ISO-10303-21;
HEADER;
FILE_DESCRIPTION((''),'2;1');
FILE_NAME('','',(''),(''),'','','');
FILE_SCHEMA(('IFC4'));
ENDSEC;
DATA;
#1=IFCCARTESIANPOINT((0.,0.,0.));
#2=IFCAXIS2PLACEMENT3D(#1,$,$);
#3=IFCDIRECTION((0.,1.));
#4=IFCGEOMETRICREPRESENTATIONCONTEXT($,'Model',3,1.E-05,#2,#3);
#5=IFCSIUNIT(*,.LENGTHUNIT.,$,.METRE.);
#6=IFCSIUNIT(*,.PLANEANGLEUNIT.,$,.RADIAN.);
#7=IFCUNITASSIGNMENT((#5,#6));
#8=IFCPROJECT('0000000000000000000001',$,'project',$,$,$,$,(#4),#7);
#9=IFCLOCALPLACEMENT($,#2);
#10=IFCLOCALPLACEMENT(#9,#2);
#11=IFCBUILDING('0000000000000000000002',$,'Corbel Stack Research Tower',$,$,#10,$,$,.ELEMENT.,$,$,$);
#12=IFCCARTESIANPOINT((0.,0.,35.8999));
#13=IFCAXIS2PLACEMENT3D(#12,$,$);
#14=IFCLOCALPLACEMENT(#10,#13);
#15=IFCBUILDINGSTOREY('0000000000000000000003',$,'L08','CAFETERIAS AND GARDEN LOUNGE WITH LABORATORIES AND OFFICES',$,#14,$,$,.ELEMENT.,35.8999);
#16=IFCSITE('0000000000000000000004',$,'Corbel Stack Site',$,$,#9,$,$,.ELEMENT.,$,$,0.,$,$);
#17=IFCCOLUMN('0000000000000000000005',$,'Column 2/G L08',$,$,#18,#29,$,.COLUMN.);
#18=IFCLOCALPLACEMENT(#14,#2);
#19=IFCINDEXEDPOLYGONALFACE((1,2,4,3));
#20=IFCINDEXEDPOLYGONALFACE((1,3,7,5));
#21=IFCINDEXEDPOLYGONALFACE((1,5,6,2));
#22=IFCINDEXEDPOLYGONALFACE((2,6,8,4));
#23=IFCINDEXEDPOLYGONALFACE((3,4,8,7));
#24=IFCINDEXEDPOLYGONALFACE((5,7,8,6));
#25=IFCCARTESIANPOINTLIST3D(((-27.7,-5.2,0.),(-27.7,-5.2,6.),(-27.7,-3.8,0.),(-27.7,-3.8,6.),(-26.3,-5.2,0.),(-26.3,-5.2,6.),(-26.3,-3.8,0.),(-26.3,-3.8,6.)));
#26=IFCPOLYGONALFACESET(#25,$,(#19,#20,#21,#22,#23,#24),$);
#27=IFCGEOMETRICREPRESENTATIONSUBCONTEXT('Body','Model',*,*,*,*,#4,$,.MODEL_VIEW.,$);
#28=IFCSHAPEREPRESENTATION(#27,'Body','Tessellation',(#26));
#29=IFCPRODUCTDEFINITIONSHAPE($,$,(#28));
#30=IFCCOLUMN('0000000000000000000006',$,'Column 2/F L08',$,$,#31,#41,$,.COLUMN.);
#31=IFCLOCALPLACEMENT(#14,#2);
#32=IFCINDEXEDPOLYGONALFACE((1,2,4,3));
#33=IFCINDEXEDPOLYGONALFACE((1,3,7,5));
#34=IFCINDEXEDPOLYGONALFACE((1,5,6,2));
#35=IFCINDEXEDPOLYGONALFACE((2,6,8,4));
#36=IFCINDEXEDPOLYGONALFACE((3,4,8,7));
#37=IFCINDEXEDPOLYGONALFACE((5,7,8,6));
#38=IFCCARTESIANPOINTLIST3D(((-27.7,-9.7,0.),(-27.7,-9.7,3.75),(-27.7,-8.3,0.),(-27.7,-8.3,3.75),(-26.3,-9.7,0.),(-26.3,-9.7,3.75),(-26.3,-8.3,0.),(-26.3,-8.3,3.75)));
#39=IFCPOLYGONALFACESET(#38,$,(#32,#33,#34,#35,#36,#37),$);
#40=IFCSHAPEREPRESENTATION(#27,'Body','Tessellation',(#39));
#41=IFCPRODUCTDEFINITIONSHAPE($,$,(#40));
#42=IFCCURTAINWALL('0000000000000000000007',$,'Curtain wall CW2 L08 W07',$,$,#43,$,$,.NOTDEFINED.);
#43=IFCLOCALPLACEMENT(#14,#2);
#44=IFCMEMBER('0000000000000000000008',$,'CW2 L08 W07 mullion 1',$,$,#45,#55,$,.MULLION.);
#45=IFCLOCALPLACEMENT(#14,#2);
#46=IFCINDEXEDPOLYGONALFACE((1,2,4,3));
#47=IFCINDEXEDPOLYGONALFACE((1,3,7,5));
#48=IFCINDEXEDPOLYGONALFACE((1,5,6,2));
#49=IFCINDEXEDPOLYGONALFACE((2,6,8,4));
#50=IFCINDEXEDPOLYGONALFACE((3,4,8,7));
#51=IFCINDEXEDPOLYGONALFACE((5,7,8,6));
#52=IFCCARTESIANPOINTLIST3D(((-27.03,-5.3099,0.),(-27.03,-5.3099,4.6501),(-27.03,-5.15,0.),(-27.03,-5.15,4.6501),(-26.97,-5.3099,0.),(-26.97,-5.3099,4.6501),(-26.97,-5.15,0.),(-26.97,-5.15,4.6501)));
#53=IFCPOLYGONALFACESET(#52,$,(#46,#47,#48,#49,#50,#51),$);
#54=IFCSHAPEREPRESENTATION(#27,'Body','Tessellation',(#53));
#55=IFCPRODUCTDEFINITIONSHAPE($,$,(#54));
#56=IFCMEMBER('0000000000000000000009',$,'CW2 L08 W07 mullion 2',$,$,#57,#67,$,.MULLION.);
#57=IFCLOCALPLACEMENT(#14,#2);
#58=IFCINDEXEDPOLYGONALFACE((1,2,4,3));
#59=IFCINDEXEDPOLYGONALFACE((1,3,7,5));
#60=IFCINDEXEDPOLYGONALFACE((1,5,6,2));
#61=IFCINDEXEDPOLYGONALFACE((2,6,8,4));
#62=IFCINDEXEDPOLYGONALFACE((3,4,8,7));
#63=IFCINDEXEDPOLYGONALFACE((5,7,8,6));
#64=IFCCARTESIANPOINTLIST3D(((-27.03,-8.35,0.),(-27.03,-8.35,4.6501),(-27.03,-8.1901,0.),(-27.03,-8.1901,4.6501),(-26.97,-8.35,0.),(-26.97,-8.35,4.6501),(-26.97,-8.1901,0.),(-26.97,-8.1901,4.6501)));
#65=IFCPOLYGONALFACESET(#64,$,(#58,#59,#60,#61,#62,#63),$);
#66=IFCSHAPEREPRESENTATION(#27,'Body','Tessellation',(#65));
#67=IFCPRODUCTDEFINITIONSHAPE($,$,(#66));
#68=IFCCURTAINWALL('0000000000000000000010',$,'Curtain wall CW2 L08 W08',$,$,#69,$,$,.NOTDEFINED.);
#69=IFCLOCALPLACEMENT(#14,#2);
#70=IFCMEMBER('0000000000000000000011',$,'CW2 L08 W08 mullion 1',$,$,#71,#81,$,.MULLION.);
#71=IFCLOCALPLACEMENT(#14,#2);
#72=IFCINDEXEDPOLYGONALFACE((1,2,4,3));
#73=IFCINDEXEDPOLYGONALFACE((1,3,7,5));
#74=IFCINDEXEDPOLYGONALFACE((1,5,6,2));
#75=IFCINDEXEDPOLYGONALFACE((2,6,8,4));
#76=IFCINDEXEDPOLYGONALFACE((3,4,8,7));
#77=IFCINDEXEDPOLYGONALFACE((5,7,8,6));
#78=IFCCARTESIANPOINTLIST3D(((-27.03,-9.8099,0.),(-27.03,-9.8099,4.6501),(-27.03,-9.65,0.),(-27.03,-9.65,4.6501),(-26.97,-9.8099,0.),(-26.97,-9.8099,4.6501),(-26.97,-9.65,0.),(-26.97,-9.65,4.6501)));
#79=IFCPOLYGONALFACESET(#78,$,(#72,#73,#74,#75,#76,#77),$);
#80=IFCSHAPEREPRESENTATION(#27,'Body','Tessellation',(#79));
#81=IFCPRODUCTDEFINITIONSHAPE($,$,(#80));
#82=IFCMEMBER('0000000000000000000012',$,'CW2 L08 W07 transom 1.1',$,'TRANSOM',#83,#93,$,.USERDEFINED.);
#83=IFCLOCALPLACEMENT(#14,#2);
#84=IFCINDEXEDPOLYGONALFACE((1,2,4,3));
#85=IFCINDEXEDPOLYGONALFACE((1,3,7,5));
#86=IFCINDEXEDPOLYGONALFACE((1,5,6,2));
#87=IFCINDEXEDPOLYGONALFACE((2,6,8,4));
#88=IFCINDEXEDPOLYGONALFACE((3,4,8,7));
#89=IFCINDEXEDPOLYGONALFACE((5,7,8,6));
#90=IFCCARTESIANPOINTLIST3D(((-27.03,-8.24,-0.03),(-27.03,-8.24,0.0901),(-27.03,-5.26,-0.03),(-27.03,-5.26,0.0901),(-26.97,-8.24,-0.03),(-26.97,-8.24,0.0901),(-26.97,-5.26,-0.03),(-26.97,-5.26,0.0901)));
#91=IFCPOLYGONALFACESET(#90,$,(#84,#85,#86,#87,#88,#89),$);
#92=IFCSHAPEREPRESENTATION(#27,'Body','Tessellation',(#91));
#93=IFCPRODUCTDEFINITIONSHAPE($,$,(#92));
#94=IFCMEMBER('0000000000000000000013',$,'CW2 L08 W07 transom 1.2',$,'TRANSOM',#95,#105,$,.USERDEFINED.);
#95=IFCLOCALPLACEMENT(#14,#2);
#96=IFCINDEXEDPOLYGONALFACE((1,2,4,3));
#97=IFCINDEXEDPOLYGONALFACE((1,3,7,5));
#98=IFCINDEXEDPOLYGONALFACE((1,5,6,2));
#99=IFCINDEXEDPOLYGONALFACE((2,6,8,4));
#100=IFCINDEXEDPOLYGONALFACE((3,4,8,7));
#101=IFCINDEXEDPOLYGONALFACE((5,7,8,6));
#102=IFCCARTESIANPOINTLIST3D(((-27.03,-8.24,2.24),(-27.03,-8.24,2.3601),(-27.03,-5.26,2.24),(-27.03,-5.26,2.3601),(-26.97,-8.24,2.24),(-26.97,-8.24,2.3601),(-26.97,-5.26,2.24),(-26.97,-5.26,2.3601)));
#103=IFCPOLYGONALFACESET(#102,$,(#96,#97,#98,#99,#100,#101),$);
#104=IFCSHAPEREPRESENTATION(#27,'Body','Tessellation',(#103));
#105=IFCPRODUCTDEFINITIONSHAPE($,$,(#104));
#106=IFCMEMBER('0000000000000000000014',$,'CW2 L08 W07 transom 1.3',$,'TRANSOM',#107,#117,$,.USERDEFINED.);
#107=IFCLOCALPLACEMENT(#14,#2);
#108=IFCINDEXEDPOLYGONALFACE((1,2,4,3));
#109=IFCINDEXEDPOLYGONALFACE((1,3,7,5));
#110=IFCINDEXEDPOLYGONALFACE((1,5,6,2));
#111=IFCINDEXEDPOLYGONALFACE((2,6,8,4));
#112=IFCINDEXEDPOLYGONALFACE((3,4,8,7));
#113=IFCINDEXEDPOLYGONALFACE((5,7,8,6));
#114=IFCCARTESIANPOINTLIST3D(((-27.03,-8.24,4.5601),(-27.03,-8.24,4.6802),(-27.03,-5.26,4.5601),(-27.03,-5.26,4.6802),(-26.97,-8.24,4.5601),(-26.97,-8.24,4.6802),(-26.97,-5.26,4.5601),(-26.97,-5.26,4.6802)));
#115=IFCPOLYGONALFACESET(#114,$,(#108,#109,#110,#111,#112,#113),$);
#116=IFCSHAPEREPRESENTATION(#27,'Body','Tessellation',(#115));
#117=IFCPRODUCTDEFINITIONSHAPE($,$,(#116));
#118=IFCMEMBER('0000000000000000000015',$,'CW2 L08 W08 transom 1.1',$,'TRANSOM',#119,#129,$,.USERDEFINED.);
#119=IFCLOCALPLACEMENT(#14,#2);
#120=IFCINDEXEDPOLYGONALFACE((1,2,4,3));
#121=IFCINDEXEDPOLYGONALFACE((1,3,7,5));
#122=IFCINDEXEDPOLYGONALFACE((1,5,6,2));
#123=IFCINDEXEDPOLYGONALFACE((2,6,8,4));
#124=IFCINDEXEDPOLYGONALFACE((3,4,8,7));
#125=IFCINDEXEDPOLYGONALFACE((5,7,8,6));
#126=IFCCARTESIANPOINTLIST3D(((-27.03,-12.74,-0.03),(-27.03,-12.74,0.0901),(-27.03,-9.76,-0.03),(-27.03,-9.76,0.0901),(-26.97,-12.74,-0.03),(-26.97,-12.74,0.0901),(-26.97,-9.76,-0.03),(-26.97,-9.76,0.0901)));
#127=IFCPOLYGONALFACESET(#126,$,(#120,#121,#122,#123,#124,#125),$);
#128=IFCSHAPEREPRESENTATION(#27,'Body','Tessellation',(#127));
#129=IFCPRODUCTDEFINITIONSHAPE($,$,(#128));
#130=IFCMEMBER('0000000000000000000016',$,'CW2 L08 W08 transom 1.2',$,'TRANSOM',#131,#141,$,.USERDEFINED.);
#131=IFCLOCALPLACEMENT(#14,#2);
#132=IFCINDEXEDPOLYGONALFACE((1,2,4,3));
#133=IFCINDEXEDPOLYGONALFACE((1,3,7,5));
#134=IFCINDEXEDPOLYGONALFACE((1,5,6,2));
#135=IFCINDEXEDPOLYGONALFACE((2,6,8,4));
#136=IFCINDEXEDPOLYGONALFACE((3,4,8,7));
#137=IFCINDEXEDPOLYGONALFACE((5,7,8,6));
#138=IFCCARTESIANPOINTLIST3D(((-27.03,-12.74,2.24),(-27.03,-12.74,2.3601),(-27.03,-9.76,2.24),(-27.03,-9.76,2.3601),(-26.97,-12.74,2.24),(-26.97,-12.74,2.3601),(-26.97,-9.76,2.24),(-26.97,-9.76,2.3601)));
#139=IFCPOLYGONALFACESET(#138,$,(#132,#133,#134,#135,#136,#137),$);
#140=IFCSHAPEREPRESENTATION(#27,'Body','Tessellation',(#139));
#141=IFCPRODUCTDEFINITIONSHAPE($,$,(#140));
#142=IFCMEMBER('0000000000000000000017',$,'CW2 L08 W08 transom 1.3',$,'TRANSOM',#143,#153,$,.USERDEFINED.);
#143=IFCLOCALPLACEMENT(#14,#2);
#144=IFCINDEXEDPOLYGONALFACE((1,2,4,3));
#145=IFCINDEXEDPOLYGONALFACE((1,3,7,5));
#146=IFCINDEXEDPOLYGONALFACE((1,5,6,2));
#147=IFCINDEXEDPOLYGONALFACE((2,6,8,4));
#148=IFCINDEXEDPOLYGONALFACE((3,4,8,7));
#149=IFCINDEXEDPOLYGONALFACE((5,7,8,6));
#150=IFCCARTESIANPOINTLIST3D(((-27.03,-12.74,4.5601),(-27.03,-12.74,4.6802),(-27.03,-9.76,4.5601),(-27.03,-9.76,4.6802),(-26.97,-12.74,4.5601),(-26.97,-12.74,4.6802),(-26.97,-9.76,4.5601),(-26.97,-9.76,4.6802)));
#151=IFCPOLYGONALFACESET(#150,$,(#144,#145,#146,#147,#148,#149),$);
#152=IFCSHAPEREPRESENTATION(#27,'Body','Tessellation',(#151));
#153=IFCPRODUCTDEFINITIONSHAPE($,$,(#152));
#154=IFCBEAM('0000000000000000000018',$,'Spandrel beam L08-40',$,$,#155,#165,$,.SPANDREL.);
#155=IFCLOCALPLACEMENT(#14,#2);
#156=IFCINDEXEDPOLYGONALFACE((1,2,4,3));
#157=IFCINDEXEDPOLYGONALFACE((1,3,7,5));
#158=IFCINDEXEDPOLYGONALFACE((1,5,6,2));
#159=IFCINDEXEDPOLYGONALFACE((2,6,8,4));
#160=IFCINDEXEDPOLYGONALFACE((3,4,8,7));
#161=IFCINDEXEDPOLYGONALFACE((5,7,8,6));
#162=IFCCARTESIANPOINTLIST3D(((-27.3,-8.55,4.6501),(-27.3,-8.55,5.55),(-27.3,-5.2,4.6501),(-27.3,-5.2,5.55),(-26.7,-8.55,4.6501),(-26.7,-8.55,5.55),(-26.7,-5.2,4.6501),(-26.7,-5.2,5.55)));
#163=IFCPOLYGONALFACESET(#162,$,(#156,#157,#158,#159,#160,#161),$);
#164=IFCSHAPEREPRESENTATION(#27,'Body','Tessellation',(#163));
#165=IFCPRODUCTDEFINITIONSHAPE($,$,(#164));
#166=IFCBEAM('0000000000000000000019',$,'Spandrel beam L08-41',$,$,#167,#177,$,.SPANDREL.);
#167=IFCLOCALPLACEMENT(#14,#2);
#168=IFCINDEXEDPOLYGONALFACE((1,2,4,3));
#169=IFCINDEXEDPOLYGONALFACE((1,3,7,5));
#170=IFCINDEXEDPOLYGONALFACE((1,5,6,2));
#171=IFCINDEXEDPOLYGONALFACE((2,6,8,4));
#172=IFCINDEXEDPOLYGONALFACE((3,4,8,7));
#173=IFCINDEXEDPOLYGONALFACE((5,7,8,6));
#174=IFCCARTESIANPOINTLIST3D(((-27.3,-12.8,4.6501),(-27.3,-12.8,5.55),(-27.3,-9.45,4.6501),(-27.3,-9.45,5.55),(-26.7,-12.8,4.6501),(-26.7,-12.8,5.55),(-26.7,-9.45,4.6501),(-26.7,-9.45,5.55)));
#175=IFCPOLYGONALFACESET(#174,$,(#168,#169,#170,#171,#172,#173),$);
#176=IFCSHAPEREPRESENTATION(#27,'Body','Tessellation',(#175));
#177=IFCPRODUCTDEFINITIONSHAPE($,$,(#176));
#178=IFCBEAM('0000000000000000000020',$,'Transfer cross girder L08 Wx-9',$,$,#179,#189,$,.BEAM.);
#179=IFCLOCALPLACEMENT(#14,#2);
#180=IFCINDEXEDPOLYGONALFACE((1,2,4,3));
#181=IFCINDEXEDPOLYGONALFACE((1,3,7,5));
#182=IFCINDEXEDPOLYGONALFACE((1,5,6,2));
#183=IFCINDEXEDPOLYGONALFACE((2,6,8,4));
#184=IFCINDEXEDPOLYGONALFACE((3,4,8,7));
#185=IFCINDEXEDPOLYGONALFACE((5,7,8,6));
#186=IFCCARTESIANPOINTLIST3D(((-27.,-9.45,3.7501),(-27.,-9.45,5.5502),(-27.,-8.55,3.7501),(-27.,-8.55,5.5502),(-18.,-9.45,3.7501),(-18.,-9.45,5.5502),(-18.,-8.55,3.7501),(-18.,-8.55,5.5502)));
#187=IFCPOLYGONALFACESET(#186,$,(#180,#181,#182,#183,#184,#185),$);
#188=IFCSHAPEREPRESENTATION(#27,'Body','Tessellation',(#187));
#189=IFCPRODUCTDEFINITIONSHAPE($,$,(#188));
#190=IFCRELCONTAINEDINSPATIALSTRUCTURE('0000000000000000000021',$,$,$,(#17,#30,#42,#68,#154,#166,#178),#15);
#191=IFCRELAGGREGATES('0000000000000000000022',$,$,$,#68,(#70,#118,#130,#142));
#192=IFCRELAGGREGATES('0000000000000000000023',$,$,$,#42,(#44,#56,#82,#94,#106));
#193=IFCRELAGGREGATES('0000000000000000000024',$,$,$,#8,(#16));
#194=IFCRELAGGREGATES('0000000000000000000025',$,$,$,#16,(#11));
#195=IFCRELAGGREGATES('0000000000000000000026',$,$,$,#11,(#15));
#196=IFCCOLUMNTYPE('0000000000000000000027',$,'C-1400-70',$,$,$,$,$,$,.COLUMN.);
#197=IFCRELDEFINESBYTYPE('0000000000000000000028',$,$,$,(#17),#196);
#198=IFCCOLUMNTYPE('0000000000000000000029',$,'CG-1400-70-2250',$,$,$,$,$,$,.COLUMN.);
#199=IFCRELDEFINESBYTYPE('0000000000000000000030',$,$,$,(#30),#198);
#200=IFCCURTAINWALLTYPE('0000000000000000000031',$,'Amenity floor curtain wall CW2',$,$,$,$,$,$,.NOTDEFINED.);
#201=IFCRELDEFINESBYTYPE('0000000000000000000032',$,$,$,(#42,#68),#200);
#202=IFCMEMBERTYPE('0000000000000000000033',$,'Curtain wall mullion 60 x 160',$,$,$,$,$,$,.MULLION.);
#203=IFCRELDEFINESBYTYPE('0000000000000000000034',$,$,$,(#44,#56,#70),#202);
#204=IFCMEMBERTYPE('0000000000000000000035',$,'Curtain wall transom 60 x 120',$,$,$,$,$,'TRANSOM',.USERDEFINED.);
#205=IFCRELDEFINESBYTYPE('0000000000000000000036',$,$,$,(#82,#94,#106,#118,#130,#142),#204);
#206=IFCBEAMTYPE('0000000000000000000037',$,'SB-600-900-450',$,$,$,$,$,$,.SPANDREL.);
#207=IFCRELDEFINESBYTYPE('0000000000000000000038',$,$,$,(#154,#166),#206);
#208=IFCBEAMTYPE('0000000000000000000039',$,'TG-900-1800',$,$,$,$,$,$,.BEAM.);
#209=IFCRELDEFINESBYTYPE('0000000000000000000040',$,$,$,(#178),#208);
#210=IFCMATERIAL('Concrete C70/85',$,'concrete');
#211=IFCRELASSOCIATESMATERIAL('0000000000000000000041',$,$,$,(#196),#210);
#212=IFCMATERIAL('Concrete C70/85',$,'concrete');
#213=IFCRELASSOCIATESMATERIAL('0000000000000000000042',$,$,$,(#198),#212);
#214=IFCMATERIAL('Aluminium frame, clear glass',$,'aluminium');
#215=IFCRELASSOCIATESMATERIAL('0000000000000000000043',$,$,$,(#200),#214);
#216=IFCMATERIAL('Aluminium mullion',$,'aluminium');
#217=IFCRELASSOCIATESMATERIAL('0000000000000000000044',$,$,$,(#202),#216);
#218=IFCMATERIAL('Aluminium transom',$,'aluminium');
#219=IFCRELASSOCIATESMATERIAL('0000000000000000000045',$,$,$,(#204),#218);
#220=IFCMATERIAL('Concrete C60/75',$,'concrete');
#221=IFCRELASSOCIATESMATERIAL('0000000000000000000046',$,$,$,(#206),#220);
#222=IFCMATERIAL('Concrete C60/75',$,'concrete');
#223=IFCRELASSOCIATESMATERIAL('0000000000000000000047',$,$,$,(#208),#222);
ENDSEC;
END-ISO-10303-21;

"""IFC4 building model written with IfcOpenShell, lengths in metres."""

from ifc_helpers import new_model, si_unit, direction, frame, origin, origin_2d, place, context, subcontext, project, spatial, rectangle, extrude, material, material_profile, profile_set, type_object, element, aggregate, save


model = new_model("IFC4")

# Units and contexts
model_context = context("Model", 3, precision=1e-05, world=origin(), true_north=direction((0.0, 1.0)))
body_context = subcontext(model_context, "Body", "Model", "MODEL_VIEW")
ifc_project = project(units=[si_unit("LENGTHUNIT", "METRE"), si_unit("PLANEANGLEUNIT", "RADIAN")], contexts=[model_context])

# Site, building, storey
site_placement = place(None, origin())
site = spatial("IfcSite", under=ifc_project, at=site_placement, Name="Corbel Stack Site", CompositionType="ELEMENT", RefElevation=0.0)
building_placement = place(site_placement, origin())
building = spatial("IfcBuilding", under=site, at=building_placement, Name="Corbel Stack Research Tower", CompositionType="ELEMENT")
storey_placement = place(building_placement, frame((0.0, 0.0, 35.8999)))
storey = spatial("IfcBuildingStorey", under=building, at=storey_placement, Name="L08", Description="CAFETERIAS AND GARDEN LOUNGE WITH LABORATORIES AND OFFICES", CompositionType="ELEMENT", Elevation=35.8999)

# Columns
ifc_material_1 = material(Name="Concrete C70/85", Category="concrete")
ifc_material_profile_1 = material_profile(ifc_material_1, rectangle(XDim=1.3999, YDim=1.3999, at=origin_2d()), Name="RC 1400 x 1400")
ifc_profile_set_1 = profile_set([ifc_material_profile_1], Name="Concrete C70/85")
column_type_1 = type_object("IfcColumnType", Name="C-1400-70", PredefinedType="COLUMN", material=ifc_profile_set_1)
column_1_placement = place(storey_placement, frame((-27.0, -4.5, 0.0), z_axis=(0.0, 0.0, 1.0), x_axis=(1.0, 0.0, 0.0)))
element("IfcColumn", 1, at=column_1_placement, inside=storey, type_object=column_type_1, Name="Column 2/G L08", PredefinedType="COLUMN", context=body_context, shape_type="SweptSolid", body=[
    extrude(rectangle(XDim=1.3999, YDim=1.3999, at=origin_2d()), origin(), (0.0, 0.0, 1.0), 6.0),
])
ifc_material_2 = material(Name="Concrete C70/85", Category="concrete")
ifc_material_profile_2 = material_profile(ifc_material_2, rectangle(XDim=1.3999, YDim=1.3999, at=origin_2d()), Name="RC 1400 x 1400")
ifc_profile_set_2 = profile_set([ifc_material_profile_2], Name="Concrete C70/85")
column_type_2 = type_object("IfcColumnType", Name="CG-1400-70-2250", PredefinedType="COLUMN", material=ifc_profile_set_2)
column_2_placement = place(storey_placement, frame((-27.0, -9.0, 0.0), z_axis=(0.0, 0.0, 1.0), x_axis=(1.0, 0.0, 0.0)))
element("IfcColumn", 2, at=column_2_placement, inside=storey, type_object=column_type_2, Name="Column 2/F L08", PredefinedType="COLUMN", context=body_context, shape_type="SweptSolid", body=[
    extrude(rectangle(XDim=1.3999, YDim=1.3999, at=origin_2d()), origin(), (0.0, 0.0, 1.0), 3.75),
])

# Curtain wall, members
ifc_material_3 = material(Name="Aluminium frame, clear glass", Category="aluminium")
curtain_wall_type = type_object("IfcCurtainWallType", Name="Amenity floor curtain wall CW2", PredefinedType="NOTDEFINED", material=ifc_material_3)
curtain_wall_1_placement = place(storey_placement, origin())
curtain_wall_1 = element("IfcCurtainWall", 3, at=curtain_wall_1_placement, inside=storey, type_object=curtain_wall_type, Name="Curtain wall CW2 L08 W07", PredefinedType="NOTDEFINED")
ifc_material_4 = material(Name="Aluminium mullion", Category="aluminium")
ifc_material_profile_3 = material_profile(ifc_material_4, rectangle(XDim=0.0601, YDim=0.1599, at=origin_2d()), Name="Mullion 60 x 160")
ifc_profile_set_3 = profile_set([ifc_material_profile_3], Name="Aluminium mullion")
member_type_1 = type_object("IfcMemberType", Name="Curtain wall mullion 60 x 160", PredefinedType="MULLION", material=ifc_profile_set_3)
member_1_placement = place(storey_placement, frame((-27.0, -5.23, 0.0), z_axis=(0.0, 0.0, 1.0), x_axis=(1.0, 0.0, 0.0)))
member_1 = element("IfcMember", 4, at=member_1_placement, type_object=member_type_1, Name="CW2 L08 W07 mullion 1", PredefinedType="MULLION", context=body_context, shape_type="SweptSolid", body=[
    extrude(rectangle(XDim=0.0601, YDim=0.1599, at=origin_2d()), origin(), (0.0, 0.0, 1.0), 4.6501),
])
member_2_placement = place(storey_placement, frame((-27.0, -8.27, 0.0), z_axis=(0.0, 0.0, 1.0), x_axis=(1.0, 0.0, 0.0)))
member_2 = element("IfcMember", 5, at=member_2_placement, type_object=member_type_1, Name="CW2 L08 W07 mullion 2", PredefinedType="MULLION", context=body_context, shape_type="SweptSolid", body=[
    extrude(rectangle(XDim=0.0601, YDim=0.1599, at=origin_2d()), origin(), (0.0, 0.0, 1.0), 4.6501),
])

# Curtain wall, member
curtain_wall_2_placement = place(storey_placement, origin())
curtain_wall_2 = element("IfcCurtainWall", 6, at=curtain_wall_2_placement, inside=storey, type_object=curtain_wall_type, Name="Curtain wall CW2 L08 W08", PredefinedType="NOTDEFINED")
member_3_placement = place(storey_placement, frame((-27.0, -9.73, 0.0), z_axis=(0.0, 0.0, 1.0), x_axis=(1.0, 0.0, 0.0)))
member_3 = element("IfcMember", 7, at=member_3_placement, type_object=member_type_1, Name="CW2 L08 W08 mullion 1", PredefinedType="MULLION", context=body_context, shape_type="SweptSolid", body=[
    extrude(rectangle(XDim=0.0601, YDim=0.1599, at=origin_2d()), origin(), (0.0, 0.0, 1.0), 4.6501),
])

# Members
ifc_material_5 = material(Name="Aluminium transom", Category="aluminium")
ifc_material_profile_4 = material_profile(ifc_material_5, rectangle(XDim=0.0601, YDim=0.1201, at=origin_2d()), Name="Transom 60 x 120")
ifc_profile_set_4 = profile_set([ifc_material_profile_4], Name="Aluminium transom")
member_type_2 = type_object("IfcMemberType", Name="Curtain wall transom 60 x 120", ElementType="TRANSOM", PredefinedType="USERDEFINED", material=ifc_profile_set_4)
member_4_placement = place(storey_placement, frame((-27.0, -5.26, 0.03), z_axis=(0.0, -1.0, 0.0), x_axis=(1.0, 0.0, 0.0)))
member_4 = element("IfcMember", 8, at=member_4_placement, type_object=member_type_2, Name="CW2 L08 W07 transom 1.1", ObjectType="TRANSOM", PredefinedType="USERDEFINED", context=body_context, shape_type="SweptSolid", body=[
    extrude(rectangle(XDim=0.0601, YDim=0.1201, at=origin_2d()), origin(), (0.0, 0.0, 1.0), 2.98),
])
member_5_placement = place(storey_placement, frame((-27.0, -5.26, 2.3), z_axis=(0.0, -1.0, 0.0), x_axis=(1.0, 0.0, 0.0)))
member_5 = element("IfcMember", 9, at=member_5_placement, type_object=member_type_2, Name="CW2 L08 W07 transom 1.2", ObjectType="TRANSOM", PredefinedType="USERDEFINED", context=body_context, shape_type="SweptSolid", body=[
    extrude(rectangle(XDim=0.0601, YDim=0.1201, at=origin_2d()), origin(), (0.0, 0.0, 1.0), 2.98),
])
member_6_placement = place(storey_placement, frame((-27.0, -5.26, 4.6201), z_axis=(0.0, -1.0, 0.0), x_axis=(1.0, 0.0, 0.0)))
member_6 = element("IfcMember", 10, at=member_6_placement, type_object=member_type_2, Name="CW2 L08 W07 transom 1.3", ObjectType="TRANSOM", PredefinedType="USERDEFINED", context=body_context, shape_type="SweptSolid", body=[
    extrude(rectangle(XDim=0.0601, YDim=0.1201, at=origin_2d()), origin(), (0.0, 0.0, 1.0), 2.98),
])
member_7_placement = place(storey_placement, frame((-27.0, -9.76, 0.03), z_axis=(0.0, -1.0, 0.0), x_axis=(1.0, 0.0, 0.0)))
member_7 = element("IfcMember", 11, at=member_7_placement, type_object=member_type_2, Name="CW2 L08 W08 transom 1.1", ObjectType="TRANSOM", PredefinedType="USERDEFINED", context=body_context, shape_type="SweptSolid", body=[
    extrude(rectangle(XDim=0.0601, YDim=0.1201, at=origin_2d()), origin(), (0.0, 0.0, 1.0), 2.98),
])
member_8_placement = place(storey_placement, frame((-27.0, -9.76, 2.3), z_axis=(0.0, -1.0, 0.0), x_axis=(1.0, 0.0, 0.0)))
member_8 = element("IfcMember", 12, at=member_8_placement, type_object=member_type_2, Name="CW2 L08 W08 transom 1.2", ObjectType="TRANSOM", PredefinedType="USERDEFINED", context=body_context, shape_type="SweptSolid", body=[
    extrude(rectangle(XDim=0.0601, YDim=0.1201, at=origin_2d()), origin(), (0.0, 0.0, 1.0), 2.98),
])
member_9_placement = place(storey_placement, frame((-27.0, -9.76, 4.6201), z_axis=(0.0, -1.0, 0.0), x_axis=(1.0, 0.0, 0.0)))
member_9 = element("IfcMember", 13, at=member_9_placement, type_object=member_type_2, Name="CW2 L08 W08 transom 1.3", ObjectType="TRANSOM", PredefinedType="USERDEFINED", context=body_context, shape_type="SweptSolid", body=[
    extrude(rectangle(XDim=0.0601, YDim=0.1201, at=origin_2d()), origin(), (0.0, 0.0, 1.0), 2.98),
])
aggregate(curtain_wall_2, [member_3, member_7, member_8, member_9])

# Beams
ifc_material_6 = material(Name="Concrete C60/75", Category="concrete")
ifc_material_profile_5 = material_profile(ifc_material_6, rectangle(XDim=0.6001, YDim=0.8999, at=origin_2d()), Name="RC 600 x 900")
ifc_profile_set_5 = profile_set([ifc_material_profile_5], Name="Concrete C60/75")
beam_type_1 = type_object("IfcBeamType", Name="SB-600-900-450", PredefinedType="SPANDREL", material=ifc_profile_set_5)
for number, where, z_axis, x_axis, name in (
    (14, (-27.0, -5.2, 5.1001), (0.0, -1.0, 0.0), (1.0, 0.0, 0.0), "Spandrel beam L08-40"),
    (15, (-27.0, -9.45, 5.1001), (0.0, -1.0, 0.0), (1.0, 0.0, 0.0), "Spandrel beam L08-41"),
):
    element("IfcBeam", number, at=place(storey_placement, frame(where, z_axis=z_axis, x_axis=x_axis)), inside=storey, type_object=beam_type_1, Name=name, PredefinedType="SPANDREL", context=body_context, shape_type="SweptSolid", body=[
        extrude(rectangle(XDim=0.6001, YDim=0.8999, at=origin_2d()), origin(), (0.0, 0.0, 1.0), 3.3501),
    ])
ifc_material_7 = material(Name="Concrete C60/75", Category="concrete")
ifc_material_profile_6 = material_profile(ifc_material_7, rectangle(XDim=0.8999, YDim=1.8, at=origin_2d()), Name="RC 900 x 1800")
ifc_profile_set_6 = profile_set([ifc_material_profile_6], Name="Concrete C60/75")
beam_type_2 = type_object("IfcBeamType", Name="TG-900-1800", PredefinedType="BEAM", material=ifc_profile_set_6)
beam_placement = place(storey_placement, frame((-27.0, -9.0, 4.6501), z_axis=(1.0, 0.0, 0.0), x_axis=(0.0, 1.0, 0.0)))
element("IfcBeam", 16, at=beam_placement, inside=storey, type_object=beam_type_2, Name="Transfer cross girder L08 Wx-9", PredefinedType="BEAM", context=body_context, shape_type="SweptSolid", body=[
    extrude(rectangle(XDim=0.8999, YDim=1.8, at=origin_2d()), origin(), (0.0, 0.0, 1.0), 9.0),
])

aggregate(curtain_wall_1, [member_1, member_2, member_4, member_5, member_6])

save(model, "model.ifc")
